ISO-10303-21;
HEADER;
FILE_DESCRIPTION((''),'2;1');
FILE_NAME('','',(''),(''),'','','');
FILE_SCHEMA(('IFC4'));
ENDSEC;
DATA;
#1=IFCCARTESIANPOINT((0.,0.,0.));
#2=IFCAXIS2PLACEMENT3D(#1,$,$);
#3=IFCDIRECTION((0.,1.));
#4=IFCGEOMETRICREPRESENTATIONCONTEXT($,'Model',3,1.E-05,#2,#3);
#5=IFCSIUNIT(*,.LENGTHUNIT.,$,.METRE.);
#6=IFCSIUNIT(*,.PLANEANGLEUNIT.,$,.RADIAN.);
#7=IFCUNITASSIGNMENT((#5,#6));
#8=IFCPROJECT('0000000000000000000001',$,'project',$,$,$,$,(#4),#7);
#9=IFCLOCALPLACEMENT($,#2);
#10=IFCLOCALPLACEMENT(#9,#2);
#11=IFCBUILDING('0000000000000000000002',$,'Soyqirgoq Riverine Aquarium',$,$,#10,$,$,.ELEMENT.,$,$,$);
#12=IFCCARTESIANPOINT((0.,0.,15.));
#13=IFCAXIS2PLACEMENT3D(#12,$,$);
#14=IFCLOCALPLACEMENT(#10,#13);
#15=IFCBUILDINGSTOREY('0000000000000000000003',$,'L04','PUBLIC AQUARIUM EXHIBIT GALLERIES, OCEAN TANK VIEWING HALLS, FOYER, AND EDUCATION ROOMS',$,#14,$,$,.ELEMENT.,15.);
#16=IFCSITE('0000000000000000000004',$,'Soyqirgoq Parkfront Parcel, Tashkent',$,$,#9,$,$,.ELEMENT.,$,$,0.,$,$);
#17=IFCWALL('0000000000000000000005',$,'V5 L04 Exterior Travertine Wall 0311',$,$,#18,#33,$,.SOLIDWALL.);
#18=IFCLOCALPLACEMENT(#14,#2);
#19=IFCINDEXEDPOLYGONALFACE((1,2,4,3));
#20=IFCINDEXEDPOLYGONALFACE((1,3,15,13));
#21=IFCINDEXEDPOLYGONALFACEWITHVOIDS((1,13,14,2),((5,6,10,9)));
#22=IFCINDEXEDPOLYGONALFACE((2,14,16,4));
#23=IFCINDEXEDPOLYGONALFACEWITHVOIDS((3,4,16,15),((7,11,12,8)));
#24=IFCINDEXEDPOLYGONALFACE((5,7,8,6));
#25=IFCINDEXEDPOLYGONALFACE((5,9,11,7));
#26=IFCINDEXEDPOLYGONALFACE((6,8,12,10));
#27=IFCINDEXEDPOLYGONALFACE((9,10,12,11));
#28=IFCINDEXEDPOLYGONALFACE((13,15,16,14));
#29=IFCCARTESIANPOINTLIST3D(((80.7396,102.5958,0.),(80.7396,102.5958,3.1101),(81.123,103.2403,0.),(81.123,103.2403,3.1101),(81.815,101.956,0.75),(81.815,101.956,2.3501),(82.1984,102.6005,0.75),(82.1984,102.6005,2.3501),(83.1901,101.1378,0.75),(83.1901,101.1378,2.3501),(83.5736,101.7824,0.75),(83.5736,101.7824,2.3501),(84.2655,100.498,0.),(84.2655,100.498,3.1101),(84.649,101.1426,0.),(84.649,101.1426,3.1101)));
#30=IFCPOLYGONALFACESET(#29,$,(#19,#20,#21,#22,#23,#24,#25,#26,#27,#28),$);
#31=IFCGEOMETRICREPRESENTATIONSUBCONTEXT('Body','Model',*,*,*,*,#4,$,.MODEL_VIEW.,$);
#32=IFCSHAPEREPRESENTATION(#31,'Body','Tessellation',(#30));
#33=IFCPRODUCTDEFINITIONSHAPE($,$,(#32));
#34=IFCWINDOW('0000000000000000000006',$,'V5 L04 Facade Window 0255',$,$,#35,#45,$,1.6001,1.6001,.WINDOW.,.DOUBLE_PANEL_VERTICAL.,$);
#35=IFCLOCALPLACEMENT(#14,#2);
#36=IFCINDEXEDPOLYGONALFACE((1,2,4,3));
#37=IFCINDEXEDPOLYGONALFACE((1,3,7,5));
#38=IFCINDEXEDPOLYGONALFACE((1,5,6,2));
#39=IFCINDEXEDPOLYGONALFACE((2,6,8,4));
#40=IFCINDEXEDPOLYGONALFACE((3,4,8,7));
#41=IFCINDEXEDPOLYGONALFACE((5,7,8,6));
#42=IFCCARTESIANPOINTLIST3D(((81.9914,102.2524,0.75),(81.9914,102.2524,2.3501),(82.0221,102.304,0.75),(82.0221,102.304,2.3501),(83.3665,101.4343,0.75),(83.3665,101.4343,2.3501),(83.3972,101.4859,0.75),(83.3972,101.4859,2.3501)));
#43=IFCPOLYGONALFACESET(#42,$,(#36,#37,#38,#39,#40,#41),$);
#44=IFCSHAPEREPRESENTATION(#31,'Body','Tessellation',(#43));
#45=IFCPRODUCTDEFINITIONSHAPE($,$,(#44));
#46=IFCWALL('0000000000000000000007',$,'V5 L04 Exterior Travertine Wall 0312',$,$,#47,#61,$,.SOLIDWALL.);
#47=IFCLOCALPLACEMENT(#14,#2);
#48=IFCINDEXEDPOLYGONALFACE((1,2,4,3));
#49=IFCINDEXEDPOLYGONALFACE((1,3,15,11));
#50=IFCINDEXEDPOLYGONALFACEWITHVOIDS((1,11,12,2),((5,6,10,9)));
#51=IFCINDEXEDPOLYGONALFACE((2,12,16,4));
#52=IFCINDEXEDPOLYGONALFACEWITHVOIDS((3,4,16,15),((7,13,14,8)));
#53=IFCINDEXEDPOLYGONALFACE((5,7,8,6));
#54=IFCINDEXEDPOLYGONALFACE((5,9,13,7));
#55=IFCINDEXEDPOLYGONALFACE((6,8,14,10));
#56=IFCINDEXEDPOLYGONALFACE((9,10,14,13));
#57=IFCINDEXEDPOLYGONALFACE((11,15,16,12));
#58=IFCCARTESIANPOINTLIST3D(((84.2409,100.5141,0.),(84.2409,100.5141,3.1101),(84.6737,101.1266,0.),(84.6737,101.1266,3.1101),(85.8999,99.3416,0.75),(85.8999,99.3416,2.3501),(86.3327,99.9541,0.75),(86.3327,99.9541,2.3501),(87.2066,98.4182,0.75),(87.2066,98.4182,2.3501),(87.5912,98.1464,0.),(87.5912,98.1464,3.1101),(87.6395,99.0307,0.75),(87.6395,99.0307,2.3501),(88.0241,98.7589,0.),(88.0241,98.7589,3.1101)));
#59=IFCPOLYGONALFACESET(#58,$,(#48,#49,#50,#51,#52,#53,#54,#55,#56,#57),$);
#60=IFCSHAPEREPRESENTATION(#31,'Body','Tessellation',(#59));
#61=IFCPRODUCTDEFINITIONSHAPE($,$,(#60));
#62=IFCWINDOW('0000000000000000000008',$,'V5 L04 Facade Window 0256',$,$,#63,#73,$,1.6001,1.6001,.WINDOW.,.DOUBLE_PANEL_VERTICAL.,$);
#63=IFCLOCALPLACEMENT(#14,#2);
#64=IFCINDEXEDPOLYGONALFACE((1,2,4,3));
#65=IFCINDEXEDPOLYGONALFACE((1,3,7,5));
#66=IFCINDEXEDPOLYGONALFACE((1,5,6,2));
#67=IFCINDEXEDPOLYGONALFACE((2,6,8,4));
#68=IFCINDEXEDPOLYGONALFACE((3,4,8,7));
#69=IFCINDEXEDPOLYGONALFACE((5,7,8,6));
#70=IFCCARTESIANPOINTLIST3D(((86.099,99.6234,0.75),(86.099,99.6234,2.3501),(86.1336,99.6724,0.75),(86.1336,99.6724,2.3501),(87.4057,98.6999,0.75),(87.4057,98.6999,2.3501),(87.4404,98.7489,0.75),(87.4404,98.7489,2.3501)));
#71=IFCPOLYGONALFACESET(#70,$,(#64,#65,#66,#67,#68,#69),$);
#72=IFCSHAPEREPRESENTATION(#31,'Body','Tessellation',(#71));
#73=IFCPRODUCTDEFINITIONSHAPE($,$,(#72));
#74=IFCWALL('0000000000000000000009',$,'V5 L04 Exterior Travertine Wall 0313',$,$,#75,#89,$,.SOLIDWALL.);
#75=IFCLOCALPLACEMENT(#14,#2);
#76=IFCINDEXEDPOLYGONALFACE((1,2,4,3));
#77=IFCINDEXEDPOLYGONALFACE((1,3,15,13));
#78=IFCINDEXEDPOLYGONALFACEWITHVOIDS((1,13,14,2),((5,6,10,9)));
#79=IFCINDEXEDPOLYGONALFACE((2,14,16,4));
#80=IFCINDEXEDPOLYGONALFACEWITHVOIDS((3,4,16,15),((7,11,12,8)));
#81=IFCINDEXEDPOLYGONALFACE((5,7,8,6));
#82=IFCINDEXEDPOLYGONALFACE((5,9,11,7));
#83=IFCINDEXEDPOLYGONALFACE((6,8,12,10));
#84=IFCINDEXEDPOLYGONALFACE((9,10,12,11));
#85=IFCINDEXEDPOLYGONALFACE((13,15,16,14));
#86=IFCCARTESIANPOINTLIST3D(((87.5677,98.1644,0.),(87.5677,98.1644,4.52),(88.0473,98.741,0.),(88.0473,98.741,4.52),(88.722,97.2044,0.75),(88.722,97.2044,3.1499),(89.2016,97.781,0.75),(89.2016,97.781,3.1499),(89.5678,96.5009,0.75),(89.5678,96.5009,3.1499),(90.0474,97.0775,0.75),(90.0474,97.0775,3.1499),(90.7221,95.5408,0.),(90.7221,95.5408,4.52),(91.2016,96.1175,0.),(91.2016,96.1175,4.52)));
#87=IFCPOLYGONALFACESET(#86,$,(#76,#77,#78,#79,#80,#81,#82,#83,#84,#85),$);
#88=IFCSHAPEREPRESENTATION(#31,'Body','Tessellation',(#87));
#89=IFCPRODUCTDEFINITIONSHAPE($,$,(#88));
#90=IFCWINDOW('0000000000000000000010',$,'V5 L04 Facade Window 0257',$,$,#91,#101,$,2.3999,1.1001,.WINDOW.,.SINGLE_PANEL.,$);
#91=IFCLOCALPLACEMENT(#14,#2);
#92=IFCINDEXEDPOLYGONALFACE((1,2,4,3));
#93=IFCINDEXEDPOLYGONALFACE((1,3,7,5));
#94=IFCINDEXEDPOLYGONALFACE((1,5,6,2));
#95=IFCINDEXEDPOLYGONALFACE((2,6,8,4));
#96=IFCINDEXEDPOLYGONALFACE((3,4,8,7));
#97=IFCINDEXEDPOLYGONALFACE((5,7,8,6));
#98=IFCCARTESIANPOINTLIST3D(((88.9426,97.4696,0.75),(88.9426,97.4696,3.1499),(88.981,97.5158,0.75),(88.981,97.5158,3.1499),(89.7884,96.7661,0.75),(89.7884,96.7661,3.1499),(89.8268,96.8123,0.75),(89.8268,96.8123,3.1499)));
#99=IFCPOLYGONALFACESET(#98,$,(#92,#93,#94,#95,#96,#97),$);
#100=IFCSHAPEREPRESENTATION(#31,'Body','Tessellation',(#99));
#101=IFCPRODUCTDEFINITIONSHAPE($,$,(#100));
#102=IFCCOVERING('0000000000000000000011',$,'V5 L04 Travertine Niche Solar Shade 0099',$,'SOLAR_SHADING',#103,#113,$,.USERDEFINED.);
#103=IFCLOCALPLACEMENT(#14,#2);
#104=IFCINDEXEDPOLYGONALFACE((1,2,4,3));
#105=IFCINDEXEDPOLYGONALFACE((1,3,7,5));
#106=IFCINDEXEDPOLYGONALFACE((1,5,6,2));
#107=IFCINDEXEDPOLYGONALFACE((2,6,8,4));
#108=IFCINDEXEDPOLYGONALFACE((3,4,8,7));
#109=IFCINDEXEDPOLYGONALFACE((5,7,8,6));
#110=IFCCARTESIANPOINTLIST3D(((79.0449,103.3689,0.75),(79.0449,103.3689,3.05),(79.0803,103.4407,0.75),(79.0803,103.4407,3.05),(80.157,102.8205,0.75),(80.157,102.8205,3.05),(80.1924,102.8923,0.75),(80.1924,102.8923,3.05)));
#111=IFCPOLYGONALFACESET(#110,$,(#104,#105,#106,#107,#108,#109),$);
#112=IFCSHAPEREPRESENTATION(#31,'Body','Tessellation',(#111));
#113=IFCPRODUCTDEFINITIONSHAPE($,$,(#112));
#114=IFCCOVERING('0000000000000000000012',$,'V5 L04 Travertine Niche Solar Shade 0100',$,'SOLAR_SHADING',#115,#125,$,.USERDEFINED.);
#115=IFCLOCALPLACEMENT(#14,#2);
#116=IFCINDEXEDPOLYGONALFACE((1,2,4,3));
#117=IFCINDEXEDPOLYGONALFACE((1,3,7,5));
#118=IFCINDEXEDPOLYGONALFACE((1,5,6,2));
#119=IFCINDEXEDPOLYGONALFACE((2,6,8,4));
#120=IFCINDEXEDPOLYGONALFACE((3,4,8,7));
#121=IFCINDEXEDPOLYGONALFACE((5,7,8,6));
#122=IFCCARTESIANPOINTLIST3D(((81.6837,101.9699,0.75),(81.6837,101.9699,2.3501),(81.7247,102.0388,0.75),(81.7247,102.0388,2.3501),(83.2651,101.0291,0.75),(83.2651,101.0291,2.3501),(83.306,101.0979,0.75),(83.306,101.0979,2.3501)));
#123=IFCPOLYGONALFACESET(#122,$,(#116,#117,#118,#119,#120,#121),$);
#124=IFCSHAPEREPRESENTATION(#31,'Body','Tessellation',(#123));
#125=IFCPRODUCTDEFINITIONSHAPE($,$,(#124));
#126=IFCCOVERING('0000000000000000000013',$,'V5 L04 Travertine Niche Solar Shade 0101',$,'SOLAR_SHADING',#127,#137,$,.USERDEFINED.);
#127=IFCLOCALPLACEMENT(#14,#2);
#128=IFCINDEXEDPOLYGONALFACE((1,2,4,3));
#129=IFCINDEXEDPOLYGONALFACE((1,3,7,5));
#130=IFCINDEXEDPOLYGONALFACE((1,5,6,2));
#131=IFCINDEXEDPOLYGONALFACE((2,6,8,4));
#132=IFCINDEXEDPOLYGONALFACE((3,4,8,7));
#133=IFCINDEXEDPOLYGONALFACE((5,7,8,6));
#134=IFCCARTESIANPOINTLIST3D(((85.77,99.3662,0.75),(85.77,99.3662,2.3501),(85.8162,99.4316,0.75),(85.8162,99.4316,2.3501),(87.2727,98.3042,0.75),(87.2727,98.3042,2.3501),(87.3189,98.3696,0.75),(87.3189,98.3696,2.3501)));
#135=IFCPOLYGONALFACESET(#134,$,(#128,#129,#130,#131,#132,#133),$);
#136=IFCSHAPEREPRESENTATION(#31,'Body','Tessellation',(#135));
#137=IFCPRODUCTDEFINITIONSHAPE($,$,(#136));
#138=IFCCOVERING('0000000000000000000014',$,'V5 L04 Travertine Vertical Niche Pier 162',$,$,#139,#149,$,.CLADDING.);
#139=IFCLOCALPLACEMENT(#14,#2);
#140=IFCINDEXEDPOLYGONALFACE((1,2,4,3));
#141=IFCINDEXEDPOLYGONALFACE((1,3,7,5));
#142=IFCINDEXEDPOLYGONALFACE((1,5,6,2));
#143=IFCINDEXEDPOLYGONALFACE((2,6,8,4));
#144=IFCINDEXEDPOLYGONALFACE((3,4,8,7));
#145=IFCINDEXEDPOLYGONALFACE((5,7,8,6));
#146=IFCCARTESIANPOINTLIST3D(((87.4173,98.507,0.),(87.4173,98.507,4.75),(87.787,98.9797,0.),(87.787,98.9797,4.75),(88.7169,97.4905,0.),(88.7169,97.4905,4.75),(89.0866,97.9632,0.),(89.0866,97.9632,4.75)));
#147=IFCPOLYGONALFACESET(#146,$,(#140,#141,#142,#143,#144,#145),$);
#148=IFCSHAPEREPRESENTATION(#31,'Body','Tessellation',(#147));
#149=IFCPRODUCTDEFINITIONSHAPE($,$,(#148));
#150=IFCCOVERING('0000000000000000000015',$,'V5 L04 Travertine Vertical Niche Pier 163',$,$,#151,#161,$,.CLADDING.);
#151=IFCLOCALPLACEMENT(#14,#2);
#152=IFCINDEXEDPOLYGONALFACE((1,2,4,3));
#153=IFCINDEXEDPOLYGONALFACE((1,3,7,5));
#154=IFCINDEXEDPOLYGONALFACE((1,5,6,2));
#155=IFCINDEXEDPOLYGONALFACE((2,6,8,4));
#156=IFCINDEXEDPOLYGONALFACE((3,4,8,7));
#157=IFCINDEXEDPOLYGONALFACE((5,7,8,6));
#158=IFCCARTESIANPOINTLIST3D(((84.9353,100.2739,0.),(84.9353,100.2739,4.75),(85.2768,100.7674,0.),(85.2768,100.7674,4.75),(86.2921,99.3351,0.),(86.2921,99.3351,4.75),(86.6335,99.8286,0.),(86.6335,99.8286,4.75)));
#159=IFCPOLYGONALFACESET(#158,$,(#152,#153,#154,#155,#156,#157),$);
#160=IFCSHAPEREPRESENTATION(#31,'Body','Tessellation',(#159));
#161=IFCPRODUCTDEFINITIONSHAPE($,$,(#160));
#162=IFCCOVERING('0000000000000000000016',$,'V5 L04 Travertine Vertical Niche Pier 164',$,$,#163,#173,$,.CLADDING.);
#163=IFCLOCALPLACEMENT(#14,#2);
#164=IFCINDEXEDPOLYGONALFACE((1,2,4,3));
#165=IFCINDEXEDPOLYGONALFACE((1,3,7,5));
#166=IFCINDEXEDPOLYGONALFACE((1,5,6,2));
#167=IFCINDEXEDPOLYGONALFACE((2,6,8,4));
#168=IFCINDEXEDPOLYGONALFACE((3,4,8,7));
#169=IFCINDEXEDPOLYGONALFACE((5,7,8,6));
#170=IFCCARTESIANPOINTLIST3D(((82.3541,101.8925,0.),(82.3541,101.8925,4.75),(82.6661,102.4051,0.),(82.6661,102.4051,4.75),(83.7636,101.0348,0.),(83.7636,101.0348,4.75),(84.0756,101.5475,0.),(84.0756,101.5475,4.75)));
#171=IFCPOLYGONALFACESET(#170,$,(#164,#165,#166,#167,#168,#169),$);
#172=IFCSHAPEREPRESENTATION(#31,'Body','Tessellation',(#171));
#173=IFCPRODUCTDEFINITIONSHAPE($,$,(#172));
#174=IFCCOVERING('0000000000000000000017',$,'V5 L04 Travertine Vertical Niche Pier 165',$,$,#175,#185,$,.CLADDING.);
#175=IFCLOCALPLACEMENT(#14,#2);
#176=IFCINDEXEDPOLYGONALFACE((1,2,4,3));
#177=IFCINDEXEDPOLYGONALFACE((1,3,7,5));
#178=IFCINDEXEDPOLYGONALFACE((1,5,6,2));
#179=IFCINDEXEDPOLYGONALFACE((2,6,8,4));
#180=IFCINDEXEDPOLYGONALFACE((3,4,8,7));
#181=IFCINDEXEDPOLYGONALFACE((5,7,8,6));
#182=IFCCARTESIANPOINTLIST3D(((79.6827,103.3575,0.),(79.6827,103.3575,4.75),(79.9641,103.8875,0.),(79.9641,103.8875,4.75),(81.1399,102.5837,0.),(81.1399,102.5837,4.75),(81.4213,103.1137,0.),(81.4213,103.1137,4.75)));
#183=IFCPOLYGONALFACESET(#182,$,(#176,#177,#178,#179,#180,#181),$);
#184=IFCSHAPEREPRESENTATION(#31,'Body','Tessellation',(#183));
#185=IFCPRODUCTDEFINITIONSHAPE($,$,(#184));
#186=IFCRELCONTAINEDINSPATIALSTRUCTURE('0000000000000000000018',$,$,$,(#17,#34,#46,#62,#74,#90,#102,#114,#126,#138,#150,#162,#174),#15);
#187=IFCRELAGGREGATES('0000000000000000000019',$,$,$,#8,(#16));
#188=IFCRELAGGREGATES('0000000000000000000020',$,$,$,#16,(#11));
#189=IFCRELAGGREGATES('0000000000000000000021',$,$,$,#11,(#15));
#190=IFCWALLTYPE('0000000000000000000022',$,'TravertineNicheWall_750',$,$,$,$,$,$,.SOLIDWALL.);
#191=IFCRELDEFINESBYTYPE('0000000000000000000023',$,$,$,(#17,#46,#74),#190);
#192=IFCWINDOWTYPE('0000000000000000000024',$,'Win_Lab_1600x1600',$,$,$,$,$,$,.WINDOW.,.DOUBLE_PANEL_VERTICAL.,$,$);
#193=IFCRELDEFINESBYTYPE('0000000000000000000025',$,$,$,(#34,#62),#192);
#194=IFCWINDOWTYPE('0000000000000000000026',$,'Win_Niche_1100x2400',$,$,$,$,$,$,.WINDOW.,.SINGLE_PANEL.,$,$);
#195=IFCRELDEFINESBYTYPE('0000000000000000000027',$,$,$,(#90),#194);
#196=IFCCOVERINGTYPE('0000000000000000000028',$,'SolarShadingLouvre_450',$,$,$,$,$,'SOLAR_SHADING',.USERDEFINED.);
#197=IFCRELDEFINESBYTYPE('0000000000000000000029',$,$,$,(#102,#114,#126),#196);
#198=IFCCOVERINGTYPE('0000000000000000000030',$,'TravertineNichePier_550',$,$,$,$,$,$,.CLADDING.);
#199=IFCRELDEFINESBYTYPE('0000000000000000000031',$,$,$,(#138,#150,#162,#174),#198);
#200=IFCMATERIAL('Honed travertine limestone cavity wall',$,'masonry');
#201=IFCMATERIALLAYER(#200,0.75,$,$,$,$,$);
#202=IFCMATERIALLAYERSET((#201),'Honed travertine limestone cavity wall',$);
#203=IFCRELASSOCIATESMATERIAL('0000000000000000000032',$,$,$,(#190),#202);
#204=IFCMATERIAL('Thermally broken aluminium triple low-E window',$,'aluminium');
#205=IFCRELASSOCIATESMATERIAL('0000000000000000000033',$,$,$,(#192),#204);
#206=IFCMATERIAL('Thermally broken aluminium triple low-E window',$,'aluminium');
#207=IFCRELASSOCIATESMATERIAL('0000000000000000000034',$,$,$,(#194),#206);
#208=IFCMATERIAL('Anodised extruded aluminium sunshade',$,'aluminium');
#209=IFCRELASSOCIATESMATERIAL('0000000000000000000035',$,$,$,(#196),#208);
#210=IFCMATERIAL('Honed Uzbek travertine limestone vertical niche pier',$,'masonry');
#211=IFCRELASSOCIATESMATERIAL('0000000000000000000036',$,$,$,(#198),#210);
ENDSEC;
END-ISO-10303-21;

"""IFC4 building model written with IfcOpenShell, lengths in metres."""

from ifc_helpers import new_model, si_unit, direction, frame, frame_2d, origin, origin_2d, place, context, subcontext, project, spatial, rectangle, extrude, material, layer, layer_set, type_object, element, fill, save


model = new_model("IFC4")

# Units and contexts
model_context = context("Model", 3, precision=1e-05, world=origin(), true_north=direction((0.0, 1.0)))
body_context = subcontext(model_context, "Body", "Model", "MODEL_VIEW")
ifc_project = project(units=[si_unit("LENGTHUNIT", "METRE"), si_unit("PLANEANGLEUNIT", "RADIAN")], contexts=[model_context])

# Site, building, storey
site_placement = place(None, origin())
site = spatial("IfcSite", under=ifc_project, at=site_placement, Name="Soyqirgoq Parkfront Parcel, Tashkent", CompositionType="ELEMENT", RefElevation=0.0)
building_placement = place(site_placement, origin())
building = spatial("IfcBuilding", under=site, at=building_placement, Name="Soyqirgoq Riverine Aquarium", CompositionType="ELEMENT")
storey_placement = place(building_placement, frame((0.0, 0.0, 15.0)))
storey = spatial("IfcBuildingStorey", under=building, at=storey_placement, Name="L04", Description="PUBLIC AQUARIUM EXHIBIT GALLERIES, OCEAN TANK VIEWING HALLS, FOYER, AND EDUCATION ROOMS", CompositionType="ELEMENT", Elevation=15.0)

# Walls, openings, windows
ifc_material_1 = material(Name="Honed travertine limestone cavity wall", Category="masonry")
ifc_layer = layer(ifc_material_1, 0.75)
ifc_layer_set = layer_set([ifc_layer], Name="Honed travertine limestone cavity wall")
wall_type = type_object("IfcWallType", Name="TravertineNicheWall_750", PredefinedType="SOLIDWALL", material=ifc_layer_set)
wall_1_placement = place(storey_placement, frame((80.9314, 102.918, 0.0), z_axis=(0.0, 0.0, 1.0), x_axis=(0.859409, -0.511289, 0.0)))
wall_1 = element("IfcWall", 1, at=wall_1_placement, inside=storey, type_object=wall_type, Name="V5 L04 Exterior Travertine Wall 0311", PredefinedType="SOLIDWALL", context=body_context, shape_type="SweptSolid", body=[
    extrude(rectangle(XDim=4.1028, YDim=0.75, at=frame_2d((2.0513, 0.0))), origin(), (0.0, 0.0, 1.0), 3.1101),
])
opening_1_placement = place(wall_1_placement, frame((1.2512, 0.0, 0.75)))
opening_1 = element("IfcOpeningElement", 2, at=opening_1_placement, cuts=wall_1, PredefinedType="OPENING", context=body_context, shape_type="SweptSolid", body=[
    extrude(rectangle(XDim=1.6001, YDim=1.6001, at=frame_2d((0.8, 0.8))), frame((0.0, 0.385, 0.0), z_axis=(0.0, -1.0, 0.0), x_axis=(1.0, 0.0, 0.0)), (0.0, 0.0, 1.0), 0.77),
])
ifc_material_2 = material(Name="Thermally broken aluminium triple low-E window", Category="aluminium")
window_type_1 = type_object("IfcWindowType", Name="Win_Lab_1600x1600", PartitioningType="DOUBLE_PANEL_VERTICAL", PredefinedType="WINDOW", material=ifc_material_2)
window_1_placement = place(opening_1_placement, origin())
window_1 = element("IfcWindow", 3, at=window_1_placement, inside=storey, type_object=window_type_1, Name="V5 L04 Facade Window 0255", OverallHeight=1.6001, OverallWidth=1.6001, PartitioningType="DOUBLE_PANEL_VERTICAL", PredefinedType="WINDOW", context=body_context, shape_type="SweptSolid", body=[
    extrude(rectangle(XDim=1.6001, YDim=1.6001, at=frame_2d((0.8, 0.8))), frame((0.0, 0.03, 0.0), z_axis=(0.0, -1.0, 0.0), x_axis=(1.0, 0.0, 0.0)), (0.0, 0.0, 1.0), 0.0601),
])
fill(opening_1, window_1)
wall_2_placement = place(storey_placement, frame((84.4573, 100.8203, 0.0), z_axis=(0.0, 0.0, 1.0), x_axis=(0.816654, -0.577127, 0.0)))
wall_2 = element("IfcWall", 4, at=wall_2_placement, inside=storey, type_object=wall_type, Name="V5 L04 Exterior Travertine Wall 0312", PredefinedType="SOLIDWALL", context=body_context, shape_type="SweptSolid", body=[
    extrude(rectangle(XDim=4.1025, YDim=0.75, at=frame_2d((2.0513, 0.0))), origin(), (0.0, 0.0, 1.0), 3.1101),
])
opening_2_placement = place(wall_2_placement, frame((2.0315, 0.0, 0.75)))
opening_2 = element("IfcOpeningElement", 5, at=opening_2_placement, cuts=wall_2, PredefinedType="OPENING", context=body_context, shape_type="SweptSolid", body=[
    extrude(rectangle(XDim=1.6001, YDim=1.6001, at=frame_2d((0.8, 0.8))), frame((0.0, 0.385, 0.0), z_axis=(0.0, -1.0, 0.0), x_axis=(1.0, 0.0, 0.0)), (0.0, 0.0, 1.0), 0.77),
])
window_2_placement = place(opening_2_placement, origin())
window_2 = element("IfcWindow", 6, at=window_2_placement, inside=storey, type_object=window_type_1, Name="V5 L04 Facade Window 0256", OverallHeight=1.6001, OverallWidth=1.6001, PartitioningType="DOUBLE_PANEL_VERTICAL", PredefinedType="WINDOW", context=body_context, shape_type="SweptSolid", body=[
    extrude(rectangle(XDim=1.6001, YDim=1.6001, at=frame_2d((0.8, 0.8))), frame((0.0, 0.03, 0.0), z_axis=(0.0, -1.0, 0.0), x_axis=(1.0, 0.0, 0.0)), (0.0, 0.0, 1.0), 0.0601),
])
fill(opening_2, window_2)
wall_3_placement = place(storey_placement, frame((87.8076, 98.4526, 0.0), z_axis=(0.0, 0.0, 1.0), x_axis=(0.768826, -0.639458, 0.0)))
wall_3 = element("IfcWall", 7, at=wall_3_placement, inside=storey, type_object=wall_type, Name="V5 L04 Exterior Travertine Wall 0313", PredefinedType="SOLIDWALL", context=body_context, shape_type="SweptSolid", body=[
    extrude(rectangle(XDim=4.1028, YDim=0.75, at=frame_2d((2.0513, 0.0))), origin(), (0.0, 0.0, 1.0), 4.52),
])
opening_3_placement = place(wall_3_placement, frame((1.5012, 0.0, 0.75)))
opening_3 = element("IfcOpeningElement", 8, at=opening_3_placement, cuts=wall_3, PredefinedType="OPENING", context=body_context, shape_type="SweptSolid", body=[
    extrude(rectangle(XDim=1.1001, YDim=2.3999, at=frame_2d((0.55, 1.2))), frame((0.0, 0.385, 0.0), z_axis=(0.0, -1.0, 0.0), x_axis=(1.0, 0.0, 0.0)), (0.0, 0.0, 1.0), 0.77),
])
ifc_material_3 = material(Name="Thermally broken aluminium triple low-E window", Category="aluminium")
window_type_2 = type_object("IfcWindowType", Name="Win_Niche_1100x2400", PartitioningType="SINGLE_PANEL", PredefinedType="WINDOW", material=ifc_material_3)
window_3_placement = place(opening_3_placement, origin())
window_3 = element("IfcWindow", 9, at=window_3_placement, inside=storey, type_object=window_type_2, Name="V5 L04 Facade Window 0257", OverallHeight=2.3999, OverallWidth=1.1001, PartitioningType="SINGLE_PANEL", PredefinedType="WINDOW", context=body_context, shape_type="SweptSolid", body=[
    extrude(rectangle(XDim=1.1001, YDim=2.3999, at=frame_2d((0.55, 1.2))), frame((0.0, 0.03, 0.0), z_axis=(0.0, -1.0, 0.0), x_axis=(1.0, 0.0, 0.0)), (0.0, 0.0, 1.0), 0.0601),
])
fill(opening_3, window_3)

# Coverings
ifc_material_4 = material(Name="Anodised extruded aluminium sunshade", Category="aluminium")
covering_type_1 = type_object("IfcCoveringType", Name="SolarShadingLouvre_450", ElementType="SOLAR_SHADING", PredefinedType="USERDEFINED", material=ifc_material_4)
covering_placement = place(storey_placement, frame((79.6187, 103.1306, 0.75), z_axis=(0.0, 0.0, 1.0), x_axis=(0.896873, -0.442289, 0.0)))
element("IfcCovering", 10, at=covering_placement, inside=storey, type_object=covering_type_1, Name="V5 L04 Travertine Niche Solar Shade 0099", ObjectType="SOLAR_SHADING", PredefinedType="USERDEFINED", context=body_context, shape_type="SweptSolid", body=[
    extrude(rectangle(XDim=1.24, YDim=0.0801, at=origin_2d()), origin(), (0.0, 0.0, 1.0), 2.3),
])
for number, where, z_axis, x_axis, name in (
    (11, (82.4949, 101.5339, 0.75), (0.0, 0.0, 1.0), (0.859406, -0.511293, 0.0), "V5 L04 Travertine Niche Solar Shade 0100"),
    (12, (86.5444, 98.8679, 0.75), (0.0, 0.0, 1.0), (0.816642, -0.577145, 0.0), "V5 L04 Travertine Niche Solar Shade 0101"),
):
    element("IfcCovering", number, at=place(storey_placement, frame(where, z_axis=z_axis, x_axis=x_axis)), inside=storey, type_object=covering_type_1, Name=name, ObjectType="SOLAR_SHADING", PredefinedType="USERDEFINED", context=body_context, shape_type="SweptSolid", body=[
        extrude(rectangle(XDim=1.8401, YDim=0.0801, at=origin_2d()), origin(), (0.0, 0.0, 1.0), 1.6001),
    ])
ifc_material_5 = material(Name="Honed Uzbek travertine limestone vertical niche pier", Category="masonry")
covering_type_2 = type_object("IfcCoveringType", Name="TravertineNichePier_550", PredefinedType="CLADDING", material=ifc_material_5)
for number, where, z_axis, x_axis, name in (
    (13, (88.252, 98.2351, 0.0), (0.0, 0.0, 1.0), (0.616074, 0.787688, 0.0), "V5 L04 Travertine Vertical Niche Pier 162"),
    (14, (85.7844, 100.0513, 0.0), (0.0, 0.0, 1.0), (0.568993, 0.822343, 0.0), "V5 L04 Travertine Vertical Niche Pier 163"),
    (15, (83.2148, 101.72, 0.0), (0.0, 0.0, 1.0), (0.519817, 0.854277, 0.0), "V5 L04 Travertine Vertical Niche Pier 164"),
    (16, (80.552, 103.2356, 0.0), (0.0, 0.0, 1.0), (0.469009, 0.883193, 0.0), "V5 L04 Travertine Vertical Niche Pier 165"),
):
    element("IfcCovering", number, at=place(storey_placement, frame(where, z_axis=z_axis, x_axis=x_axis)), inside=storey, type_object=covering_type_2, Name=name, PredefinedType="CLADDING", context=body_context, shape_type="SweptSolid", body=[
        extrude(rectangle(XDim=0.6001, YDim=1.6499, at=origin_2d()), origin(), (0.0, 0.0, 1.0), 4.75),
    ])

save(model, "model.ifc")
